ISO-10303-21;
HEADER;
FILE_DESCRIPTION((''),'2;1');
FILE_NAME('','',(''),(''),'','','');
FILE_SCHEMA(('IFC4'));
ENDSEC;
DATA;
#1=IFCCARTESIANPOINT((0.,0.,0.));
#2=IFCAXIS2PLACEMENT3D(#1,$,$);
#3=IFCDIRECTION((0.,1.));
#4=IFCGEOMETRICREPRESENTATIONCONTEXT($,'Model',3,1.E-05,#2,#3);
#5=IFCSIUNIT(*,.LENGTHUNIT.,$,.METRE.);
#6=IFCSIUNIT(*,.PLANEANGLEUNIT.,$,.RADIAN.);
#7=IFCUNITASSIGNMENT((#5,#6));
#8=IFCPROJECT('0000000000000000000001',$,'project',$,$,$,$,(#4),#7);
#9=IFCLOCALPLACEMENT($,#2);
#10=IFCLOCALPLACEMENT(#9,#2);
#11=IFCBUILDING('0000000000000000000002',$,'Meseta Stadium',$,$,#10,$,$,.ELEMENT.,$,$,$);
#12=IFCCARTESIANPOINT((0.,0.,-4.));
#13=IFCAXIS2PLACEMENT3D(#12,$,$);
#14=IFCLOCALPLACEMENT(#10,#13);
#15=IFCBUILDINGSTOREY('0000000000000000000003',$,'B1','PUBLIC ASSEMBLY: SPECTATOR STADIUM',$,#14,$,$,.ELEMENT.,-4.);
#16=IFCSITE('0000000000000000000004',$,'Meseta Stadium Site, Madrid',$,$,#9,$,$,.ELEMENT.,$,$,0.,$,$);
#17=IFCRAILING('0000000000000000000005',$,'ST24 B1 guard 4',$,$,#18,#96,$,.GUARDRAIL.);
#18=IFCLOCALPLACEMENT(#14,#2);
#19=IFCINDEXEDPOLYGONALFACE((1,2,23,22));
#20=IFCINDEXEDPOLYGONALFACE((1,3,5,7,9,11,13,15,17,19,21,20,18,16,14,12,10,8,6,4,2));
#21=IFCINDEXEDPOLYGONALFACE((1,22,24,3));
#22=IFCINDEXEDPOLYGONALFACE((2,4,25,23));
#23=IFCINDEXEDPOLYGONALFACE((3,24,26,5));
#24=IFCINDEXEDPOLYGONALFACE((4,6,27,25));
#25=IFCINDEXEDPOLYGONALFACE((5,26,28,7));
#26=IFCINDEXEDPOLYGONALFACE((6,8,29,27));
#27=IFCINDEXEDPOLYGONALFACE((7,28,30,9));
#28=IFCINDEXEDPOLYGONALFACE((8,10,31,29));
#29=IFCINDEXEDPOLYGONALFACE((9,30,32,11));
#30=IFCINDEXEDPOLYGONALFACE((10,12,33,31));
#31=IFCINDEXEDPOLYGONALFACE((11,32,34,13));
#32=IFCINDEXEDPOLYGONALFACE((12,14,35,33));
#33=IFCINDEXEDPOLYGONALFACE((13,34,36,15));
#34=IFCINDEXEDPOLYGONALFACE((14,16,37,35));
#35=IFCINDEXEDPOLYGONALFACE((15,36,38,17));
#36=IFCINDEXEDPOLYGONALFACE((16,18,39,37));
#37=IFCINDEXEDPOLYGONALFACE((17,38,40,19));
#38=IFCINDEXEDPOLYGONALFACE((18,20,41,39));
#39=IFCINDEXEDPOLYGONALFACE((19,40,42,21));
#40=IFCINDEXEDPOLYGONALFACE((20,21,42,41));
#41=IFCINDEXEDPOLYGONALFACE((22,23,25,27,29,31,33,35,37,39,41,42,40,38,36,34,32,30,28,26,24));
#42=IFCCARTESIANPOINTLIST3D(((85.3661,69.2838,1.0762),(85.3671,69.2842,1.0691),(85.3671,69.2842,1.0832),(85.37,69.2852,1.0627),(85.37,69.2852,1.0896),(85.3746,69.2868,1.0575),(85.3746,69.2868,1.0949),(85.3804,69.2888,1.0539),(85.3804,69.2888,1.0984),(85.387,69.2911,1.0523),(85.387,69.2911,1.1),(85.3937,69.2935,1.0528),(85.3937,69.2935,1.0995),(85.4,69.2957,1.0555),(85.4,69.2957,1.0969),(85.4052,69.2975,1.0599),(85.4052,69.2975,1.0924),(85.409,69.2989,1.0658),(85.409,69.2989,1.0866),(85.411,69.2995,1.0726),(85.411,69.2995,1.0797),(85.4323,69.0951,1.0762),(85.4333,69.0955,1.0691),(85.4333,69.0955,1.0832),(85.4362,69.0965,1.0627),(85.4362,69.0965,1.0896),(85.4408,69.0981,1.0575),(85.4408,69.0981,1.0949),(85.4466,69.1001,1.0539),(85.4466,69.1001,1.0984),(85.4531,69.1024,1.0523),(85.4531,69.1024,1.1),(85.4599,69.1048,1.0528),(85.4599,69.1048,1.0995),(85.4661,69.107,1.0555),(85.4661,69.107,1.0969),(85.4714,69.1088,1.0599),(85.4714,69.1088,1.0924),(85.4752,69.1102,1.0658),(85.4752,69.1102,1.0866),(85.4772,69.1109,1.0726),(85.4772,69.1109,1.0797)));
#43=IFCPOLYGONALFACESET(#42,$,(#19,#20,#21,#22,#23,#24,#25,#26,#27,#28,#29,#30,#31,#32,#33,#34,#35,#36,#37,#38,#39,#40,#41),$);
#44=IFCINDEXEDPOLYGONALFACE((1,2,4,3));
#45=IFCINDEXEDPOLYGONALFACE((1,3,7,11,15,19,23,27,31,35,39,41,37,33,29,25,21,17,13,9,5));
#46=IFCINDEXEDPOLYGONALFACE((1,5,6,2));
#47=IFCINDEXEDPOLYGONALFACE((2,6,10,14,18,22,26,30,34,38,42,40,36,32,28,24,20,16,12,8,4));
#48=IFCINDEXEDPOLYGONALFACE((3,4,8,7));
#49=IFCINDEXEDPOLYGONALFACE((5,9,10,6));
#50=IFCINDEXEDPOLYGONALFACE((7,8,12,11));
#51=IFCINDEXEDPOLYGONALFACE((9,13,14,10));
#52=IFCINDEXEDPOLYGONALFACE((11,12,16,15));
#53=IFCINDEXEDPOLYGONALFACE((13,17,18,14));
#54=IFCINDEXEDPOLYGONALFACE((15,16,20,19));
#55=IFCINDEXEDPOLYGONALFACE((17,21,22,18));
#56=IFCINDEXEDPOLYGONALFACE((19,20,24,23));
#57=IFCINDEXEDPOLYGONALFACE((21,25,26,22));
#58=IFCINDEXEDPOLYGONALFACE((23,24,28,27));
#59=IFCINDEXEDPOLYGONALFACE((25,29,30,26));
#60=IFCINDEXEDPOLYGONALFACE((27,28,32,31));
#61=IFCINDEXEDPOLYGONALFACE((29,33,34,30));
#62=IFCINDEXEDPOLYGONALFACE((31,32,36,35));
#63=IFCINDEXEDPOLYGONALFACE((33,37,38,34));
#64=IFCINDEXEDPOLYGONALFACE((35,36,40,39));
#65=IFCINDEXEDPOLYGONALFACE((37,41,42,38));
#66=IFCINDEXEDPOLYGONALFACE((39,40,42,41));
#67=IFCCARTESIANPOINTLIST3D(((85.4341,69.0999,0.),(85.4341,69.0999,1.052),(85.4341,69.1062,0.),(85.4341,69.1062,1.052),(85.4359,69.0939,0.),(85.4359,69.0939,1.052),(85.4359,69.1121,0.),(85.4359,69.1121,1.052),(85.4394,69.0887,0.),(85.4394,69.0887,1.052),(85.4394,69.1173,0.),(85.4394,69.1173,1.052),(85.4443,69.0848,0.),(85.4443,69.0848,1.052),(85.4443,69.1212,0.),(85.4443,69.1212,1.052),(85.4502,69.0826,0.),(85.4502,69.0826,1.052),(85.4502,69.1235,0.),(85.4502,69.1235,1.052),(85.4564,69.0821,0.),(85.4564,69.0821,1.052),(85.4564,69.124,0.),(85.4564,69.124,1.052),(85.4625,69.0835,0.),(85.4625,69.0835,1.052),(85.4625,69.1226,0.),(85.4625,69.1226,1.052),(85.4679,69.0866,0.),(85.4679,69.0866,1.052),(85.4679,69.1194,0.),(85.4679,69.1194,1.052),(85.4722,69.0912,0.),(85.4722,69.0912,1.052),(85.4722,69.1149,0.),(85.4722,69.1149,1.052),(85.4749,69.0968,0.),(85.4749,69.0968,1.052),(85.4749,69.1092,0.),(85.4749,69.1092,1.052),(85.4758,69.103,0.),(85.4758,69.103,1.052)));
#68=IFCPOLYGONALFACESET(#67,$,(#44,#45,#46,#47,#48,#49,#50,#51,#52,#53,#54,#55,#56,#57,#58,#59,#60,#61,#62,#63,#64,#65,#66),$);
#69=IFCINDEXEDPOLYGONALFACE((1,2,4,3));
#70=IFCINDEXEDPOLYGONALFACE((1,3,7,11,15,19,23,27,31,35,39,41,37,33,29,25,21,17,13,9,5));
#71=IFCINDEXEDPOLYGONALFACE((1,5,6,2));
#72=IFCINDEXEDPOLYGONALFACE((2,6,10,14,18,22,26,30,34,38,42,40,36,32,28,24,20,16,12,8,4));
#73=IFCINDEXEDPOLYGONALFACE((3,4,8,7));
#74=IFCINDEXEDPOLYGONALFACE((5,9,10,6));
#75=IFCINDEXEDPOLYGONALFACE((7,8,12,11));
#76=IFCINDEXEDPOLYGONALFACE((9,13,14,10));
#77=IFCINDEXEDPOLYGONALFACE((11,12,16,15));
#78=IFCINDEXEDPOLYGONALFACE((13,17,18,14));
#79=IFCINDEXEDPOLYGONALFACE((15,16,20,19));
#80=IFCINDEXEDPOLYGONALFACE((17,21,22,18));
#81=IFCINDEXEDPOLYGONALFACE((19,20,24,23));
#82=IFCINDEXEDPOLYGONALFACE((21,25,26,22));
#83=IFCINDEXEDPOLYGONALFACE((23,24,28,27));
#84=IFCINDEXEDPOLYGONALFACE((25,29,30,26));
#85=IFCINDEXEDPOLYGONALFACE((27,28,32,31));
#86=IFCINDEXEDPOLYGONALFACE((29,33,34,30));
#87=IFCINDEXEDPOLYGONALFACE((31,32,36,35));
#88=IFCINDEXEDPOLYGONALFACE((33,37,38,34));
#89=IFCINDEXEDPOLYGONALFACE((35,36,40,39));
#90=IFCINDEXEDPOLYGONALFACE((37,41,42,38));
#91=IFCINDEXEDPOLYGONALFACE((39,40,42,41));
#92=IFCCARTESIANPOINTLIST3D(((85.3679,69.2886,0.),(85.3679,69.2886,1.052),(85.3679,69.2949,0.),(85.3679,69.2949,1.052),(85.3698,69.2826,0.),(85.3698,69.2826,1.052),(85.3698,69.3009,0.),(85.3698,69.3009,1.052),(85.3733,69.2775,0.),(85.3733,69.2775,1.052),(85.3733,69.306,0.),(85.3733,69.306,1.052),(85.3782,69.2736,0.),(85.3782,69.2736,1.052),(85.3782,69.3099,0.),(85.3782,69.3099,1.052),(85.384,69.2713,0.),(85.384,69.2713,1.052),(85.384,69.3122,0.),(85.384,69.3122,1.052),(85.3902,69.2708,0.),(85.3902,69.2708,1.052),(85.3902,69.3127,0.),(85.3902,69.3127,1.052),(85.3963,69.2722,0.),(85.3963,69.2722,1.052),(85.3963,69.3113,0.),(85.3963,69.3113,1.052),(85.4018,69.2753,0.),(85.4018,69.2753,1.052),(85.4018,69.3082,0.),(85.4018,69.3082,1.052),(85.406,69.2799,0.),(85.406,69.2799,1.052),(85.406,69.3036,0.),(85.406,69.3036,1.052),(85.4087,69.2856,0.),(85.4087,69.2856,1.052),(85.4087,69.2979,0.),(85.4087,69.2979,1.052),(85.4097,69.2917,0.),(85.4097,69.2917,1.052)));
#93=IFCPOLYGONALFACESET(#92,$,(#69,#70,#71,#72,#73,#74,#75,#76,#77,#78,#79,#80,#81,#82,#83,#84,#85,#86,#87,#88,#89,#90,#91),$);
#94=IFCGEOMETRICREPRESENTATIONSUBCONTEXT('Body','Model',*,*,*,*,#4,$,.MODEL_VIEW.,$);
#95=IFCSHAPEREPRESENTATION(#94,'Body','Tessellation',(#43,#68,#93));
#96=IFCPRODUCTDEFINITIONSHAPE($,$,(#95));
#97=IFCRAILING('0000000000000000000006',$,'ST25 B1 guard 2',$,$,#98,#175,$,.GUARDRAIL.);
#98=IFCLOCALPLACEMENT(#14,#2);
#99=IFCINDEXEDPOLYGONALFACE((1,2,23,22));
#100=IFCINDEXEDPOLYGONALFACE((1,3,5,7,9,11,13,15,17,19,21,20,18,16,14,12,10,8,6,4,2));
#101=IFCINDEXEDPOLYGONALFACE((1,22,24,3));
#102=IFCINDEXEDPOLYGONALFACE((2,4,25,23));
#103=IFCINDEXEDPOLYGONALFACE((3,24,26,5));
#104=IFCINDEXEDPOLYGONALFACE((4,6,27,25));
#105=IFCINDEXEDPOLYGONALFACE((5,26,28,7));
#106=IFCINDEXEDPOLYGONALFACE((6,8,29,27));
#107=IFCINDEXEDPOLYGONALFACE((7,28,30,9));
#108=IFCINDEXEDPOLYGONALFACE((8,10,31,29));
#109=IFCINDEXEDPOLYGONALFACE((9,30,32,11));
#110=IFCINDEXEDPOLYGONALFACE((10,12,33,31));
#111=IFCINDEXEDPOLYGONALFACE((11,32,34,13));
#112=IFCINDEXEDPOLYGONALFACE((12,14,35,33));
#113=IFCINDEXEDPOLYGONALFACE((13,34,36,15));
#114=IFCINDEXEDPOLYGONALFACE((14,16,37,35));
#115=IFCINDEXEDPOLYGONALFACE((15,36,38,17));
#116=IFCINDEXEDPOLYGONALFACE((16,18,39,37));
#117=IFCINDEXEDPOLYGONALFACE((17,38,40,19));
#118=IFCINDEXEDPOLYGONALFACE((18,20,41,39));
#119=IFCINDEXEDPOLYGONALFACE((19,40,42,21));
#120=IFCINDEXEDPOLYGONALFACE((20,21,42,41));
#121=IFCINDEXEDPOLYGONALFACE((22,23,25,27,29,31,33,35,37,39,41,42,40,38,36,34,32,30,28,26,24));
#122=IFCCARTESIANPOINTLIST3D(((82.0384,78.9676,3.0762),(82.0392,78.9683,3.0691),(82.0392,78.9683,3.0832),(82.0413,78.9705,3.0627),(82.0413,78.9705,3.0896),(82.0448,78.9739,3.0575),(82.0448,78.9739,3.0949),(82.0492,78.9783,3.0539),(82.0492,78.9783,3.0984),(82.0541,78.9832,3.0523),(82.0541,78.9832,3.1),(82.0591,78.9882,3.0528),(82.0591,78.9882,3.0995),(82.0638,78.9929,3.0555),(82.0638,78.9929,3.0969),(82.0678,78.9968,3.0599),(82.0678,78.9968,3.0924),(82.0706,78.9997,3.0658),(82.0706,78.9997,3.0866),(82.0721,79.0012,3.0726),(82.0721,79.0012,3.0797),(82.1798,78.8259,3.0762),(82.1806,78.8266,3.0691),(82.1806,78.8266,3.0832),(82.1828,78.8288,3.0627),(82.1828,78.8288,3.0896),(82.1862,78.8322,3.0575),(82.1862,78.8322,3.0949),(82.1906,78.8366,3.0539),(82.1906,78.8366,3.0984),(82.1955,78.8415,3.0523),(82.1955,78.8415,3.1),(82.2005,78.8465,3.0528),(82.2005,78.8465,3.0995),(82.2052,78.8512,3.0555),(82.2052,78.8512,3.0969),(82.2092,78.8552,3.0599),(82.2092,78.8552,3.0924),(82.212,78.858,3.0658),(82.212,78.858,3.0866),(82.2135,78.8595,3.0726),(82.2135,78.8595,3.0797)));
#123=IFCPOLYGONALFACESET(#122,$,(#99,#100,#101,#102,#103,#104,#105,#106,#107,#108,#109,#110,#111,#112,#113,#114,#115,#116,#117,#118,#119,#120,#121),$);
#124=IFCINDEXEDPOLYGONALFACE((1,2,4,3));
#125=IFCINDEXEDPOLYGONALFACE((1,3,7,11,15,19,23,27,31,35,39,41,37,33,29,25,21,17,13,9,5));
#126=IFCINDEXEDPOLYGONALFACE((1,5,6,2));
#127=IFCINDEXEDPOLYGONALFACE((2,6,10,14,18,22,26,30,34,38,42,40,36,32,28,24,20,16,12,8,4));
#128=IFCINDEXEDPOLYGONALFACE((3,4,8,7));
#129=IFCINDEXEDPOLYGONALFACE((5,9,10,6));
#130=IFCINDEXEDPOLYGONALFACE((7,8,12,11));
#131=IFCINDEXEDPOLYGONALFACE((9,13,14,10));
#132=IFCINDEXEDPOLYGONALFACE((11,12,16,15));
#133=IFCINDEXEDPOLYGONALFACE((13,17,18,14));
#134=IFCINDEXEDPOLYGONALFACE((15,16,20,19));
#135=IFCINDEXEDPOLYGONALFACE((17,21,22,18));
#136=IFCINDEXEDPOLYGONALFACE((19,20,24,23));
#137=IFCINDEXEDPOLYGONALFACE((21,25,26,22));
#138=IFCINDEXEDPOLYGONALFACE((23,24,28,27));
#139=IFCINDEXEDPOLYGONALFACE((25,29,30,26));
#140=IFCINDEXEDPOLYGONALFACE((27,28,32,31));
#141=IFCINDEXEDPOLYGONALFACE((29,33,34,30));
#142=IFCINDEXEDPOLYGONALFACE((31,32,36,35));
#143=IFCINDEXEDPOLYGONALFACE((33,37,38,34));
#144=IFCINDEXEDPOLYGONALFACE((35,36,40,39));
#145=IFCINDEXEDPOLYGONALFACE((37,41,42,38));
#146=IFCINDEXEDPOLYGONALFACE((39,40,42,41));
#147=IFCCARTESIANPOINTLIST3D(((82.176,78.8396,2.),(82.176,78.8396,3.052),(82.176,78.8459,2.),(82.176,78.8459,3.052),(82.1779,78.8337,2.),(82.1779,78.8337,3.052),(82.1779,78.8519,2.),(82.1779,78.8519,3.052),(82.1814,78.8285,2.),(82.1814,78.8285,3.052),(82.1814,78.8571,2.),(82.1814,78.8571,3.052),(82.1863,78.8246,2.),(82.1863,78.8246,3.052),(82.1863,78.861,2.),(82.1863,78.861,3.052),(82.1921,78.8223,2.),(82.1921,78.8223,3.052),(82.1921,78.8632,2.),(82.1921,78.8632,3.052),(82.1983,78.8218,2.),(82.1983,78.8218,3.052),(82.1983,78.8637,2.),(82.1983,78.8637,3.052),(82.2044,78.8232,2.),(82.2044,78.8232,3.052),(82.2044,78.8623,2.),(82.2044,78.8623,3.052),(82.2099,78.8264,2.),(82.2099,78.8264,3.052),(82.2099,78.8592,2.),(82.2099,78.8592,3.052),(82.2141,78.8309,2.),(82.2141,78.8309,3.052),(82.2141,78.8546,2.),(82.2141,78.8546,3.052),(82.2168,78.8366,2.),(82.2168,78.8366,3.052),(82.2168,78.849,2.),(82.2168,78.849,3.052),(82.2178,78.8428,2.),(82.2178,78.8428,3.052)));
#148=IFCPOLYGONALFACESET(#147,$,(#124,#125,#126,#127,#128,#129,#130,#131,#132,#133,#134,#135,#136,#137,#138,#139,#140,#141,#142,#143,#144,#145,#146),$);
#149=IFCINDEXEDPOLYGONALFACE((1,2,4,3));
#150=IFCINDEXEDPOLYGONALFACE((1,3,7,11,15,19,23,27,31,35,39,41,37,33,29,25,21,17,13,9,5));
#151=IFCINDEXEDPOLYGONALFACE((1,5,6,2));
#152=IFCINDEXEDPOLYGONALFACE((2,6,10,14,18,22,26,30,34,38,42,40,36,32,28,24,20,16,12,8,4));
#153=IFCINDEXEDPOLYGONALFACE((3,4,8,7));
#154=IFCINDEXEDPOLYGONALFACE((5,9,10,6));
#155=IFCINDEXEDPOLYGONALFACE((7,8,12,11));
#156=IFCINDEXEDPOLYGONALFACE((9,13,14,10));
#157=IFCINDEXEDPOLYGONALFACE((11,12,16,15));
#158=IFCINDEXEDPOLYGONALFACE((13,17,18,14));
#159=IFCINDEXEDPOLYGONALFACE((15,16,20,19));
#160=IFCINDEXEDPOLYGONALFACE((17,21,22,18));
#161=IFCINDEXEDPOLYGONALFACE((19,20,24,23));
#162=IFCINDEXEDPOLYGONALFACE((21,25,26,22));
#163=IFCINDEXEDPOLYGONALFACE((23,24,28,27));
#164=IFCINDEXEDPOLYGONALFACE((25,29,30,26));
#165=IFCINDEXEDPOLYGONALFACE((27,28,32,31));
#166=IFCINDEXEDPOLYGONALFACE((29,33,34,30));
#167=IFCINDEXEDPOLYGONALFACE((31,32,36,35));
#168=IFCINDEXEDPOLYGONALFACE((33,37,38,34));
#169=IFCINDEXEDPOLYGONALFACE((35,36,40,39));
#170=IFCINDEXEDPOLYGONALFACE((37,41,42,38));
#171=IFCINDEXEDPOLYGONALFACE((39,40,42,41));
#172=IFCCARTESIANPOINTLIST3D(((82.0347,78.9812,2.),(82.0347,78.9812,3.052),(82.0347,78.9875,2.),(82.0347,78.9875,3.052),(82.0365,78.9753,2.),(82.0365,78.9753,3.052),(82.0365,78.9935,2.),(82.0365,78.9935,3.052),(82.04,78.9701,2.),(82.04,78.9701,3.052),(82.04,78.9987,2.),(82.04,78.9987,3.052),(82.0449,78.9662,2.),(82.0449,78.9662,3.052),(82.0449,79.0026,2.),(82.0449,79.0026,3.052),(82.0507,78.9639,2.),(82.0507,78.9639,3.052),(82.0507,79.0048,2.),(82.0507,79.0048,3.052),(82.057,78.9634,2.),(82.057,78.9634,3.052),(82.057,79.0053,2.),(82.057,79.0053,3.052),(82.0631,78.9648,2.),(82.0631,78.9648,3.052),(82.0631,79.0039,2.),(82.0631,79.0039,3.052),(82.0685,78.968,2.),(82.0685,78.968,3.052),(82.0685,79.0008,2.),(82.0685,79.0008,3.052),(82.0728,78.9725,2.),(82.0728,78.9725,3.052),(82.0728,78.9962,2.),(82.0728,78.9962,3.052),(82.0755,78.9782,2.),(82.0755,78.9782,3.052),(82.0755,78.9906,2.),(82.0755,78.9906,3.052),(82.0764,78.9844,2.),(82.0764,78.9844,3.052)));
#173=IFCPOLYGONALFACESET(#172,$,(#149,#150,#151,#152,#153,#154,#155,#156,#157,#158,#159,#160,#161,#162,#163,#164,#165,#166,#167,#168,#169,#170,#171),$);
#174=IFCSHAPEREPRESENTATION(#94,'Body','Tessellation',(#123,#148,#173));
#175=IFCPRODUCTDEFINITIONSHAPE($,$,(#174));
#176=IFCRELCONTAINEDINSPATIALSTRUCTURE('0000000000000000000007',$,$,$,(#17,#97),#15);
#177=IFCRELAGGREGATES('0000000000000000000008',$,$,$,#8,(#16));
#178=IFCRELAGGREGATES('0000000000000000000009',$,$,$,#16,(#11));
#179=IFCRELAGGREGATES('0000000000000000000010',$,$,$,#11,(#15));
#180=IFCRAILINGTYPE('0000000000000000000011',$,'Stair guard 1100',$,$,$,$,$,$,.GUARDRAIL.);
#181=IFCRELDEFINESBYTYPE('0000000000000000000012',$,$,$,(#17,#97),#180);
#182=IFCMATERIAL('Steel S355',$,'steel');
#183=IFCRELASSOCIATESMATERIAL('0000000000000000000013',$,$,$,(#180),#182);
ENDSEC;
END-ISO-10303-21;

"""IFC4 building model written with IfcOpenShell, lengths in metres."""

from ifc_helpers import new_model, si_unit, direction, frame, origin, origin_2d, place, context, subcontext, project, spatial, circle, extrude, material, type_object, element, save


model = new_model("IFC4")

# Units and contexts
model_context = context("Model", 3, precision=1e-05, world=origin(), true_north=direction((0.0, 1.0)))
body_context = subcontext(model_context, "Body", "Model", "MODEL_VIEW")
ifc_project = project(units=[si_unit("LENGTHUNIT", "METRE"), si_unit("PLANEANGLEUNIT", "RADIAN")], contexts=[model_context])

# Site, building, storey
site_placement = place(None, origin())
site = spatial("IfcSite", under=ifc_project, at=site_placement, Name="Meseta Stadium Site, Madrid", CompositionType="ELEMENT", RefElevation=0.0)
building_placement = place(site_placement, origin())
building = spatial("IfcBuilding", under=site, at=building_placement, Name="Meseta Stadium", CompositionType="ELEMENT")
storey_placement = place(building_placement, frame((0.0, 0.0, -4.0)))
storey = spatial("IfcBuildingStorey", under=building, at=storey_placement, Name="B1", Description="PUBLIC ASSEMBLY: SPECTATOR STADIUM", CompositionType="ELEMENT", Elevation=-4.0)

# Railings
ifc_material_1 = material(Name="Steel S355", Category="steel")
railing_type_1 = type_object("IfcRailingType", Name="Stair guard 1100", PredefinedType="GUARDRAIL", material=ifc_material_1)
railing_1_placement = place(storey_placement, frame((85.4548, 69.103, 0.0)))
element("IfcRailing", 1, at=railing_1_placement, inside=storey, type_object=railing_type_1, Name="ST24 B1 guard 4", PredefinedType="GUARDRAIL", context=body_context, shape_type="SweptSolid", body=[
    extrude(circle(Radius=0.0239, at=origin_2d()), frame((0.0, 0.0, 1.0762), z_axis=(-0.33084, 0.943687, 0.0), x_axis=(-0.943687, -0.33084, 0.0)), (0.0, 0.0, 1.0), 0.2),
    extrude(circle(Radius=0.021, at=origin_2d()), origin(), (0.0, 0.0, 1.0), 1.052),
    extrude(circle(Radius=0.021, at=origin_2d()), frame((-0.0662, 0.1887, 0.0)), (0.0, 0.0, 1.0), 1.052),
])
railing_2_placement = place(storey_placement, frame((82.1968, 78.8428, 2.0)))
element("IfcRailing", 2, at=railing_2_placement, inside=storey, type_object=railing_type_1, Name="ST25 B1 guard 2", PredefinedType="GUARDRAIL", context=body_context, shape_type="SweptSolid", body=[
    extrude(circle(Radius=0.0239, at=origin_2d()), frame((0.0, 0.0, 1.0762), z_axis=(-0.706496, 0.707717, 0.0), x_axis=(-0.707717, -0.706496, 0.0)), (0.0, 0.0, 1.0), 0.2002),
    extrude(circle(Radius=0.021, at=origin_2d()), origin(), (0.0, 0.0, 1.0), 1.052),
    extrude(circle(Radius=0.021, at=origin_2d()), frame((-0.1414, 0.1416, 0.0)), (0.0, 0.0, 1.0), 1.052),
])

save(model, "model.ifc")
